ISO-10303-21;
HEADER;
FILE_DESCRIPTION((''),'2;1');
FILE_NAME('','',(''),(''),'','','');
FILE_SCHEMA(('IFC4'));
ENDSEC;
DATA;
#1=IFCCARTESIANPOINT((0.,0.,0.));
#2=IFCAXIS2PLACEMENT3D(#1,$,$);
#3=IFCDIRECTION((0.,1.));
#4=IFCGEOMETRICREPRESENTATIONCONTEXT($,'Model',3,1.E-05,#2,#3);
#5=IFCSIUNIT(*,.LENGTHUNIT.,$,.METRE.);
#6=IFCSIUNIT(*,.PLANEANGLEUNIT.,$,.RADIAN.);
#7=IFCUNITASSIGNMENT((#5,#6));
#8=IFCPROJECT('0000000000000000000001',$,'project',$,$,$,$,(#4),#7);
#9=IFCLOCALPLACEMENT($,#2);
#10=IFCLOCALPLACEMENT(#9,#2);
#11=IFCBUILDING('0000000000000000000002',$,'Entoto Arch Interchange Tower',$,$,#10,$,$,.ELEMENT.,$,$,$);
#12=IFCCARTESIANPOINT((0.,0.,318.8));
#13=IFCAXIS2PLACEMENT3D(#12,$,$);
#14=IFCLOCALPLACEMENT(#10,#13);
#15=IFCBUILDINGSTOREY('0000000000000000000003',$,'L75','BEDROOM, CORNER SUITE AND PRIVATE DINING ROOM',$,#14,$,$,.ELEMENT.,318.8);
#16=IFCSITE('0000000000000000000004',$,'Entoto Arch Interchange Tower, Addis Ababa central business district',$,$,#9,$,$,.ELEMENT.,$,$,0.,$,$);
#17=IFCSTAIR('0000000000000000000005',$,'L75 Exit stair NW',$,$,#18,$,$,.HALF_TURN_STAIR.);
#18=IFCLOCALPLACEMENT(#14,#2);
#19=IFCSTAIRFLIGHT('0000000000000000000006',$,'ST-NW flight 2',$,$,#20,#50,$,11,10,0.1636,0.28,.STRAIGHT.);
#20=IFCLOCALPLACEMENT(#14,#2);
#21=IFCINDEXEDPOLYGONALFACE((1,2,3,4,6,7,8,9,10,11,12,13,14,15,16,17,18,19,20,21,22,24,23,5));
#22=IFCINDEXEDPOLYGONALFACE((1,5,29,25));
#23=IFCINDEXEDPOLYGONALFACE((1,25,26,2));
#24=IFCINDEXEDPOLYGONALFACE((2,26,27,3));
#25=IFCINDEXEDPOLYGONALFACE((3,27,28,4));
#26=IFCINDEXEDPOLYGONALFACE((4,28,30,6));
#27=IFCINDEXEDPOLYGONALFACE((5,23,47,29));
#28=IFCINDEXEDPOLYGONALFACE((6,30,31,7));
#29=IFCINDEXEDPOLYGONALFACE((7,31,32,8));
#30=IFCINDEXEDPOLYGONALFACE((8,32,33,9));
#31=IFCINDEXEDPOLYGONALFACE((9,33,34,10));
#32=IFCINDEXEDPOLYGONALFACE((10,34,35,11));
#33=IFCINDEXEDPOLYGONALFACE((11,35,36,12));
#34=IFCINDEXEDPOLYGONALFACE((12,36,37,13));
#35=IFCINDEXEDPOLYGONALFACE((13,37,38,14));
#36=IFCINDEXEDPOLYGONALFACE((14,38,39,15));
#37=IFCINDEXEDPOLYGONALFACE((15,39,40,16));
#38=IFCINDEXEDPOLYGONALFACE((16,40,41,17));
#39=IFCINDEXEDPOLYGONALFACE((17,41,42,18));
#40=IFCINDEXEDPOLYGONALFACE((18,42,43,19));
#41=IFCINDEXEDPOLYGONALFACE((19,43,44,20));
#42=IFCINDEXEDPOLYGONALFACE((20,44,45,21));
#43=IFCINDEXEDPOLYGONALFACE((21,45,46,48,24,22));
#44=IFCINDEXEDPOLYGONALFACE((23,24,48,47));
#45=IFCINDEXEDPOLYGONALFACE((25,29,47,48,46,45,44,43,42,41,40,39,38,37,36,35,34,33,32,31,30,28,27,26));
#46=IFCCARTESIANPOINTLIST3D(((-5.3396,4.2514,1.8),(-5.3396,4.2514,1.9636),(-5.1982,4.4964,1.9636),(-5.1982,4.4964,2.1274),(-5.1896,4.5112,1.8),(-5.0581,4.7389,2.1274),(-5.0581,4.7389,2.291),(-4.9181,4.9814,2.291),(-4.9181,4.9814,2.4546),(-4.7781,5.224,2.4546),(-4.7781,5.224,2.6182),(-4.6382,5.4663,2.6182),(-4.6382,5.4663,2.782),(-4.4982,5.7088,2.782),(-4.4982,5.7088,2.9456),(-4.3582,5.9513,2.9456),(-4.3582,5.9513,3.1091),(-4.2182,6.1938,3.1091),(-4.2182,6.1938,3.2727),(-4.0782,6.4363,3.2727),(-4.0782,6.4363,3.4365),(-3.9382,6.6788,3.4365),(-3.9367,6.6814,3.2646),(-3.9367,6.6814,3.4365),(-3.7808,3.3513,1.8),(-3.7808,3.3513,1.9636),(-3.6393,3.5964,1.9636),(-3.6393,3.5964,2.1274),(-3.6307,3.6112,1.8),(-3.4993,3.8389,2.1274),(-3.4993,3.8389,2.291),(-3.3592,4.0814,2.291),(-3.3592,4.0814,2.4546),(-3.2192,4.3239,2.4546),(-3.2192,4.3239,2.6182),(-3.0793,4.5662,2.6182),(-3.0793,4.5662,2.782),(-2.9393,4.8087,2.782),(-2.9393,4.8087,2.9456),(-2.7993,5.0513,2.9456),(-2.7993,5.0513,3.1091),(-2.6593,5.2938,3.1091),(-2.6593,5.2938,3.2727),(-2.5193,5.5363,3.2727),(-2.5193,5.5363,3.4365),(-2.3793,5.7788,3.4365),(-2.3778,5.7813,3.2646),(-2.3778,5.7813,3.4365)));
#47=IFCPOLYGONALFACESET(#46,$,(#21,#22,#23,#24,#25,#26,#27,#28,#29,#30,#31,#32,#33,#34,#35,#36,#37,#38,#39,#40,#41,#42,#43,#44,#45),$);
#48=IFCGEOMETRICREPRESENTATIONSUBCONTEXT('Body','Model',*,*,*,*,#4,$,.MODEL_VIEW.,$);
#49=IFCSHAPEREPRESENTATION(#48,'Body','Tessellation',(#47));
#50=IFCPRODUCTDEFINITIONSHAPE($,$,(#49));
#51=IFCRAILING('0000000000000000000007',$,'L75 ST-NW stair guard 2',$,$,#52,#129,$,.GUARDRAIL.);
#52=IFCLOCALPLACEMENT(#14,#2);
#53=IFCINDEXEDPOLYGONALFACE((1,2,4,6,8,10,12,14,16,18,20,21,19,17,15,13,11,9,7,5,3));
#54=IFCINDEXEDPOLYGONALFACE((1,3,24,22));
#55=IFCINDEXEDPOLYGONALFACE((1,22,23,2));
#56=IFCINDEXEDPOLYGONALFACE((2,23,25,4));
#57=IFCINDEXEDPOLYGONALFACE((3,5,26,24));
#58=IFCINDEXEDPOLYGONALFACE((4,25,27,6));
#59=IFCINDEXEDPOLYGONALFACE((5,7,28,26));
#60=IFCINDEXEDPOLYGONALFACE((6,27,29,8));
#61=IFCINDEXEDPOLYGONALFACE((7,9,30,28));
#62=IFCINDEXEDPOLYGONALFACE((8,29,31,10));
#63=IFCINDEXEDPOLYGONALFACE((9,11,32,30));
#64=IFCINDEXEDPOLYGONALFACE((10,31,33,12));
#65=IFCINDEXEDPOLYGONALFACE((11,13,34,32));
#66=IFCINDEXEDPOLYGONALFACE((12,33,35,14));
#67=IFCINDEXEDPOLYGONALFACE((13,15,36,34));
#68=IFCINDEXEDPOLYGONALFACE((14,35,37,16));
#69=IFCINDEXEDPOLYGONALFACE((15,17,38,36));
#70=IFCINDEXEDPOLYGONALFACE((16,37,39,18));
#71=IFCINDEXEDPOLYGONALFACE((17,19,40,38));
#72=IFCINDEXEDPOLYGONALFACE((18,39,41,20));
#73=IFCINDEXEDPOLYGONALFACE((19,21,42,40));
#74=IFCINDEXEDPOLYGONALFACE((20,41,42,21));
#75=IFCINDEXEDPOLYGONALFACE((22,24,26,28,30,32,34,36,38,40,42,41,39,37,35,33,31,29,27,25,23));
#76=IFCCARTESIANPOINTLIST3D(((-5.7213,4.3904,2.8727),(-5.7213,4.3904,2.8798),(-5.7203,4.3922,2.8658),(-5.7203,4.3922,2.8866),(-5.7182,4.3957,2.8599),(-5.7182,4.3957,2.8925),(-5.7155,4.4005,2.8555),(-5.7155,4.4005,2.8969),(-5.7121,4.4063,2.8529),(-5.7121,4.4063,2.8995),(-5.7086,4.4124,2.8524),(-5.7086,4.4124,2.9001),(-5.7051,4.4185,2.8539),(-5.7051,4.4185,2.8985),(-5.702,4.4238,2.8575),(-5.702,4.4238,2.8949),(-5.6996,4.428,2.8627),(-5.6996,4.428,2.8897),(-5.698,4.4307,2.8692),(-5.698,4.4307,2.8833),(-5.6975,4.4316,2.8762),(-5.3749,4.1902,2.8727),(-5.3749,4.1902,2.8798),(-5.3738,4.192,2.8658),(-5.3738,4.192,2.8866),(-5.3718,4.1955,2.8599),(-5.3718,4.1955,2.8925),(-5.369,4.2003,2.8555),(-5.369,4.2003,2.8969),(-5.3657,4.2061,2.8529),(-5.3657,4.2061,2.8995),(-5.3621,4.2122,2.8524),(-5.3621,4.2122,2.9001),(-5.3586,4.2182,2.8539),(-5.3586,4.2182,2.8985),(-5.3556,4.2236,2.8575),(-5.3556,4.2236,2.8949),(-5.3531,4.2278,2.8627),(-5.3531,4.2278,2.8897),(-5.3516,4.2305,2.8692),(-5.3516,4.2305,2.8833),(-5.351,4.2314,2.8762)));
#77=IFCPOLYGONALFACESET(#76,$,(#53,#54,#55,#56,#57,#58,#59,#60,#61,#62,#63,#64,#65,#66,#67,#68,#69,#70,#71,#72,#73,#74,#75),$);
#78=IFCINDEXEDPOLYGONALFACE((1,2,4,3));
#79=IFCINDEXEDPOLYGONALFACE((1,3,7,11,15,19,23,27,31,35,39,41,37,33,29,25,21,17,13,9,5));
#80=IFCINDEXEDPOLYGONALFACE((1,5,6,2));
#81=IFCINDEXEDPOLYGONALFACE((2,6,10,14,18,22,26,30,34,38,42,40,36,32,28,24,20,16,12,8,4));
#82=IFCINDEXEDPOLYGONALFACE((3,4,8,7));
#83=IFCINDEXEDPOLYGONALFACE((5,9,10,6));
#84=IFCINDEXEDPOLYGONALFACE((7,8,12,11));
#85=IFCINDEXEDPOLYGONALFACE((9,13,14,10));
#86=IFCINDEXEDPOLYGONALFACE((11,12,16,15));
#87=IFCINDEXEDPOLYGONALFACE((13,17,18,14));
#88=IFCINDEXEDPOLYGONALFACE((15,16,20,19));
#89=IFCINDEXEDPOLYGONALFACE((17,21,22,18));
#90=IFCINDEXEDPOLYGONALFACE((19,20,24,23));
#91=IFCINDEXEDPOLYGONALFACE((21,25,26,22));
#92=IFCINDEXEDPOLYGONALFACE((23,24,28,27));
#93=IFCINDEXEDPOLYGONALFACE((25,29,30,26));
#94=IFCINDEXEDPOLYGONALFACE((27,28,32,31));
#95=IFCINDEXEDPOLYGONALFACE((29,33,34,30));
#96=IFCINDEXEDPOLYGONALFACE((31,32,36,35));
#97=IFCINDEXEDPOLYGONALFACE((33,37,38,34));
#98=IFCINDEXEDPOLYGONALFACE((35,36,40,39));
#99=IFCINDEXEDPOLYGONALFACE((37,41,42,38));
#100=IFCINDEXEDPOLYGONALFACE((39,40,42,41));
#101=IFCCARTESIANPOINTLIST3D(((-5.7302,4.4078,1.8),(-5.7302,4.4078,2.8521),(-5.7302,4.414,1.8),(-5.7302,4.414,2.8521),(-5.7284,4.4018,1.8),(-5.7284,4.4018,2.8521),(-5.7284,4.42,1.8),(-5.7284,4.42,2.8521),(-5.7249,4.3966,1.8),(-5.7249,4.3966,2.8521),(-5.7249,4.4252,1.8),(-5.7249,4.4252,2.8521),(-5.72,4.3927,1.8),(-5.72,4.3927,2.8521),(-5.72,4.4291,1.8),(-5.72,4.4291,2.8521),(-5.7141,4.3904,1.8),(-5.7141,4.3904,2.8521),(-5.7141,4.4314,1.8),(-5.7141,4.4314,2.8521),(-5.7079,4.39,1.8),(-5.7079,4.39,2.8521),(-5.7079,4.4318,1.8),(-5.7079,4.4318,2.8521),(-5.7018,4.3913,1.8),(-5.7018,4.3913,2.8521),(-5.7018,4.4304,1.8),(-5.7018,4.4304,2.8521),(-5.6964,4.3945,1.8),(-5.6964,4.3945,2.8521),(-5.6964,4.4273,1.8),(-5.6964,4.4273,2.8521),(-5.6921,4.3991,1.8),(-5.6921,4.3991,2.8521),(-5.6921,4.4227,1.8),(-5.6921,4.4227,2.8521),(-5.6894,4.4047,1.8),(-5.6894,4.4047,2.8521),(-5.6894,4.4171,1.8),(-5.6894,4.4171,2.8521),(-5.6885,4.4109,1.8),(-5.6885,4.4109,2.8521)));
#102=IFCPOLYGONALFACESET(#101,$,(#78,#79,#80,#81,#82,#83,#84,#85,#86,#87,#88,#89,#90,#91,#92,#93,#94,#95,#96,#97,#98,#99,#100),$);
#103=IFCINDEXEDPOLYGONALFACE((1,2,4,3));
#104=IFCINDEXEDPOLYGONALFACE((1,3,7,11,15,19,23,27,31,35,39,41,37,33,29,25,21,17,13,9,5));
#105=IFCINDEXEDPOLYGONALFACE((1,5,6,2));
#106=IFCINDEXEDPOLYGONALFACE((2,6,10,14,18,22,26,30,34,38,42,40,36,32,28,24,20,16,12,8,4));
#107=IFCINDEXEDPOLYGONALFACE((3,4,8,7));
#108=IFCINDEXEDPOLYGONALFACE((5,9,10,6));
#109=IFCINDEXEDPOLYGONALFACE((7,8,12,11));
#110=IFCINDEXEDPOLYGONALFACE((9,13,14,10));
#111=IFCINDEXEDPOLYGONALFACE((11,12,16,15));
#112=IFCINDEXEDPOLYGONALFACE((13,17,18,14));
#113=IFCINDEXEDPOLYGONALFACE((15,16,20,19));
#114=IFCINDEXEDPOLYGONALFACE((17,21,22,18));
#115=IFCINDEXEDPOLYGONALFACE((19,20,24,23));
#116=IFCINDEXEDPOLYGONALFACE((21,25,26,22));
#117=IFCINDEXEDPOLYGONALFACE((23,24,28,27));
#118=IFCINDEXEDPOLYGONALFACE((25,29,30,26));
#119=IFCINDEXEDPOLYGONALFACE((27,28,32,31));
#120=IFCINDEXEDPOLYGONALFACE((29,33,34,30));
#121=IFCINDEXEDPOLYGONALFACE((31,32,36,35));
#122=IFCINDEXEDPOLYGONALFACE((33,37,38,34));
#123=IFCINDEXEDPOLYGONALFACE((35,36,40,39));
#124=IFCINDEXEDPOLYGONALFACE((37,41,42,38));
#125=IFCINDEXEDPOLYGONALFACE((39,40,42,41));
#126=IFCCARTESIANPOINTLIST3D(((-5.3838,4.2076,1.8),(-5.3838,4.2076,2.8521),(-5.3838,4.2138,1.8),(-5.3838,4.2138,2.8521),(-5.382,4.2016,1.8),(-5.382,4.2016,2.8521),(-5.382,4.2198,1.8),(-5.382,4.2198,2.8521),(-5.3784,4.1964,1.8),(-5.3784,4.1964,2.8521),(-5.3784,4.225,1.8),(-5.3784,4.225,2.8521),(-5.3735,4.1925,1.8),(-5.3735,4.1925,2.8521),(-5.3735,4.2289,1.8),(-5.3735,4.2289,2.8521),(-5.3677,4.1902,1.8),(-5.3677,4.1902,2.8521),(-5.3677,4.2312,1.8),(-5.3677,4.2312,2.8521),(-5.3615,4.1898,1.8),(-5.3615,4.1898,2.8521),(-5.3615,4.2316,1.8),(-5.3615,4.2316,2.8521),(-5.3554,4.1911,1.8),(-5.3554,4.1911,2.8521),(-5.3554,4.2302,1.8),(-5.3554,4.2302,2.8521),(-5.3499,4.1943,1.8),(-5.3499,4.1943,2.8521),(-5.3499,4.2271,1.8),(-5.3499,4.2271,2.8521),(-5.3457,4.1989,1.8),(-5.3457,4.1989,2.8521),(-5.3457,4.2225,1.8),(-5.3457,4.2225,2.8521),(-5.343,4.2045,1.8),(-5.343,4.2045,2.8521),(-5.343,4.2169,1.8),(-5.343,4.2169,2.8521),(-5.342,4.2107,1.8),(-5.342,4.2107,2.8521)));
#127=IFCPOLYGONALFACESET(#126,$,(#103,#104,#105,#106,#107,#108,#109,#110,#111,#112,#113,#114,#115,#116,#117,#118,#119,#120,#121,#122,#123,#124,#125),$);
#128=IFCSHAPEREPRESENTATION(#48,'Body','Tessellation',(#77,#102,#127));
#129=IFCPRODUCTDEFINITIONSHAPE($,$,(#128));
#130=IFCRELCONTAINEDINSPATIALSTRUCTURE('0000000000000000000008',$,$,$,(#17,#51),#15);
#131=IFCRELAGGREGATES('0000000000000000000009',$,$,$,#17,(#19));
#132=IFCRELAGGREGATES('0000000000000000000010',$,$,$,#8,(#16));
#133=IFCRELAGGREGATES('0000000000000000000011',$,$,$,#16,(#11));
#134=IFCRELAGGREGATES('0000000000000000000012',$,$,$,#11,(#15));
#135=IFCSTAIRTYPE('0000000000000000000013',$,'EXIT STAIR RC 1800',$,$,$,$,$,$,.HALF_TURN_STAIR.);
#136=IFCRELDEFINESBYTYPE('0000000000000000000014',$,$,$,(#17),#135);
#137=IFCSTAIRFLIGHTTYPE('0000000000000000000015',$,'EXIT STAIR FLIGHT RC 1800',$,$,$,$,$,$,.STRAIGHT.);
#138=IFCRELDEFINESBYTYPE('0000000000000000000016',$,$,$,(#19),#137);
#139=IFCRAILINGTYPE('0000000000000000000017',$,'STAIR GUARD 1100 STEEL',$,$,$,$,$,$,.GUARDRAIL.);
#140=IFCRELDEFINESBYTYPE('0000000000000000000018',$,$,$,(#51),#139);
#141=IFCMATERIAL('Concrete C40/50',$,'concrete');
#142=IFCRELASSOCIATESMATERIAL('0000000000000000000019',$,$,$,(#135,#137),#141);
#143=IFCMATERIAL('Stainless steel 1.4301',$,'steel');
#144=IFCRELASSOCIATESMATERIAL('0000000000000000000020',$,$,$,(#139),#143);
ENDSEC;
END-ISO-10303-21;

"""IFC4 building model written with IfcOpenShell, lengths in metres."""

from ifc_helpers import new_model, si_unit, direction, frame, origin, origin_2d, place, context, subcontext, project, spatial, polyline, circle, outline, extrude, material, type_object, element, aggregate, save


model = new_model("IFC4")

# Units and contexts
model_context = context("Model", 3, precision=1e-05, world=origin(), true_north=direction((0.0, 1.0)))
body_context = subcontext(model_context, "Body", "Model", "MODEL_VIEW")
ifc_project = project(units=[si_unit("LENGTHUNIT", "METRE"), si_unit("PLANEANGLEUNIT", "RADIAN")], contexts=[model_context])

# Site, building, storey
site_placement = place(None, origin())
site = spatial("IfcSite", under=ifc_project, at=site_placement, Name="Entoto Arch Interchange Tower, Addis Ababa central business district", CompositionType="ELEMENT", RefElevation=0.0)
building_placement = place(site_placement, origin())
building = spatial("IfcBuilding", under=site, at=building_placement, Name="Entoto Arch Interchange Tower", CompositionType="ELEMENT")
storey_placement = place(building_placement, frame((0.0, 0.0, 318.8)))
storey = spatial("IfcBuildingStorey", under=building, at=storey_placement, Name="L75", Description="BEDROOM, CORNER SUITE AND PRIVATE DINING ROOM", CompositionType="ELEMENT", Elevation=318.8)

# Shared definitions
ifc_material_1 = material(Name="Concrete C40/50", Category="concrete")

# Stair, stair flight
stair_type = type_object("IfcStairType", Name="EXIT STAIR RC 1800", PredefinedType="HALF_TURN_STAIR", material=ifc_material_1)
stair_placement = place(storey_placement, origin())
stair = element("IfcStair", 1, at=stair_placement, inside=storey, type_object=stair_type, Name="L75 Exit stair NW", PredefinedType="HALF_TURN_STAIR")
stair_flight_type = type_object("IfcStairFlightType", Name="EXIT STAIR FLIGHT RC 1800", PredefinedType="STRAIGHT", material=ifc_material_1)
stair_flight_placement = place(storey_placement, frame((-4.5588, 3.804, 1.8), z_axis=(0.0, 0.0, 1.0), x_axis=(0.5, 0.866025, 0.0)))
stair_flight = element("IfcStairFlight", 2, at=stair_flight_placement, type_object=stair_flight_type, Name="ST-NW flight 2", NumberOfRisers=11, NumberOfTreads=10, PredefinedType="STRAIGHT", RiserHeight=0.1636, TreadLength=0.28, context=body_context, shape_type="SweptSolid", body=[
    extrude(outline(polyline([(-0.0029, 0.0), (-0.0029, 0.1636), (0.28, 0.1636), (0.28, 0.3274), (0.5601, 0.3274), (0.5601, 0.491), (0.8401, 0.491), (0.8401, 0.6545), (1.1201, 0.6545), (1.1201, 0.8181), (1.3999, 0.8181), (1.3999, 0.9819), (1.6799, 0.9819), (1.6799, 1.1455), (1.96, 1.1455), (1.96, 1.3091), (2.24, 1.3091), (2.24, 1.4727), (2.52, 1.4727), (2.52, 1.6365), (2.8, 1.6365), (2.803, 1.6365), (2.803, 1.4646), (0.2971, 0.0), (-0.0029, 0.0)])), frame((0.0, 0.8999, 0.0), z_axis=(0.0, -1.0, 0.0), x_axis=(1.0, 0.0, 0.0)), (0.0, 0.0, 1.0), 1.8),
])
aggregate(stair, [stair_flight])

# Railing
ifc_material_2 = material(Name="Stainless steel 1.4301", Category="steel")
railing_type_1 = type_object("IfcRailingType", Name="STAIR GUARD 1100 STEEL", PredefinedType="GUARDRAIL", material=ifc_material_2)
railing_1_placement = place(storey_placement, frame((-5.7095, 4.4109, 1.8)))
element("IfcRailing", 3, at=railing_1_placement, inside=storey, type_object=railing_type_1, Name="L75 ST-NW stair guard 2", PredefinedType="GUARDRAIL", context=body_context, shape_type="SweptSolid", body=[
    extrude(circle(Radius=0.0239, at=origin_2d()), frame((0.0, 0.0, 1.0762), z_axis=(0.86583, -0.500339, 0.0), x_axis=(0.500339, 0.86583, 0.0)), (0.0, 0.0, 1.0), 0.4001),
    extrude(circle(Radius=0.021, at=origin_2d()), origin(), (0.0, 0.0, 1.0), 1.052),
    extrude(circle(Radius=0.021, at=origin_2d()), frame((0.3464, -0.2002, 0.0)), (0.0, 0.0, 1.0), 1.052),
])

save(model, "model.ifc")
